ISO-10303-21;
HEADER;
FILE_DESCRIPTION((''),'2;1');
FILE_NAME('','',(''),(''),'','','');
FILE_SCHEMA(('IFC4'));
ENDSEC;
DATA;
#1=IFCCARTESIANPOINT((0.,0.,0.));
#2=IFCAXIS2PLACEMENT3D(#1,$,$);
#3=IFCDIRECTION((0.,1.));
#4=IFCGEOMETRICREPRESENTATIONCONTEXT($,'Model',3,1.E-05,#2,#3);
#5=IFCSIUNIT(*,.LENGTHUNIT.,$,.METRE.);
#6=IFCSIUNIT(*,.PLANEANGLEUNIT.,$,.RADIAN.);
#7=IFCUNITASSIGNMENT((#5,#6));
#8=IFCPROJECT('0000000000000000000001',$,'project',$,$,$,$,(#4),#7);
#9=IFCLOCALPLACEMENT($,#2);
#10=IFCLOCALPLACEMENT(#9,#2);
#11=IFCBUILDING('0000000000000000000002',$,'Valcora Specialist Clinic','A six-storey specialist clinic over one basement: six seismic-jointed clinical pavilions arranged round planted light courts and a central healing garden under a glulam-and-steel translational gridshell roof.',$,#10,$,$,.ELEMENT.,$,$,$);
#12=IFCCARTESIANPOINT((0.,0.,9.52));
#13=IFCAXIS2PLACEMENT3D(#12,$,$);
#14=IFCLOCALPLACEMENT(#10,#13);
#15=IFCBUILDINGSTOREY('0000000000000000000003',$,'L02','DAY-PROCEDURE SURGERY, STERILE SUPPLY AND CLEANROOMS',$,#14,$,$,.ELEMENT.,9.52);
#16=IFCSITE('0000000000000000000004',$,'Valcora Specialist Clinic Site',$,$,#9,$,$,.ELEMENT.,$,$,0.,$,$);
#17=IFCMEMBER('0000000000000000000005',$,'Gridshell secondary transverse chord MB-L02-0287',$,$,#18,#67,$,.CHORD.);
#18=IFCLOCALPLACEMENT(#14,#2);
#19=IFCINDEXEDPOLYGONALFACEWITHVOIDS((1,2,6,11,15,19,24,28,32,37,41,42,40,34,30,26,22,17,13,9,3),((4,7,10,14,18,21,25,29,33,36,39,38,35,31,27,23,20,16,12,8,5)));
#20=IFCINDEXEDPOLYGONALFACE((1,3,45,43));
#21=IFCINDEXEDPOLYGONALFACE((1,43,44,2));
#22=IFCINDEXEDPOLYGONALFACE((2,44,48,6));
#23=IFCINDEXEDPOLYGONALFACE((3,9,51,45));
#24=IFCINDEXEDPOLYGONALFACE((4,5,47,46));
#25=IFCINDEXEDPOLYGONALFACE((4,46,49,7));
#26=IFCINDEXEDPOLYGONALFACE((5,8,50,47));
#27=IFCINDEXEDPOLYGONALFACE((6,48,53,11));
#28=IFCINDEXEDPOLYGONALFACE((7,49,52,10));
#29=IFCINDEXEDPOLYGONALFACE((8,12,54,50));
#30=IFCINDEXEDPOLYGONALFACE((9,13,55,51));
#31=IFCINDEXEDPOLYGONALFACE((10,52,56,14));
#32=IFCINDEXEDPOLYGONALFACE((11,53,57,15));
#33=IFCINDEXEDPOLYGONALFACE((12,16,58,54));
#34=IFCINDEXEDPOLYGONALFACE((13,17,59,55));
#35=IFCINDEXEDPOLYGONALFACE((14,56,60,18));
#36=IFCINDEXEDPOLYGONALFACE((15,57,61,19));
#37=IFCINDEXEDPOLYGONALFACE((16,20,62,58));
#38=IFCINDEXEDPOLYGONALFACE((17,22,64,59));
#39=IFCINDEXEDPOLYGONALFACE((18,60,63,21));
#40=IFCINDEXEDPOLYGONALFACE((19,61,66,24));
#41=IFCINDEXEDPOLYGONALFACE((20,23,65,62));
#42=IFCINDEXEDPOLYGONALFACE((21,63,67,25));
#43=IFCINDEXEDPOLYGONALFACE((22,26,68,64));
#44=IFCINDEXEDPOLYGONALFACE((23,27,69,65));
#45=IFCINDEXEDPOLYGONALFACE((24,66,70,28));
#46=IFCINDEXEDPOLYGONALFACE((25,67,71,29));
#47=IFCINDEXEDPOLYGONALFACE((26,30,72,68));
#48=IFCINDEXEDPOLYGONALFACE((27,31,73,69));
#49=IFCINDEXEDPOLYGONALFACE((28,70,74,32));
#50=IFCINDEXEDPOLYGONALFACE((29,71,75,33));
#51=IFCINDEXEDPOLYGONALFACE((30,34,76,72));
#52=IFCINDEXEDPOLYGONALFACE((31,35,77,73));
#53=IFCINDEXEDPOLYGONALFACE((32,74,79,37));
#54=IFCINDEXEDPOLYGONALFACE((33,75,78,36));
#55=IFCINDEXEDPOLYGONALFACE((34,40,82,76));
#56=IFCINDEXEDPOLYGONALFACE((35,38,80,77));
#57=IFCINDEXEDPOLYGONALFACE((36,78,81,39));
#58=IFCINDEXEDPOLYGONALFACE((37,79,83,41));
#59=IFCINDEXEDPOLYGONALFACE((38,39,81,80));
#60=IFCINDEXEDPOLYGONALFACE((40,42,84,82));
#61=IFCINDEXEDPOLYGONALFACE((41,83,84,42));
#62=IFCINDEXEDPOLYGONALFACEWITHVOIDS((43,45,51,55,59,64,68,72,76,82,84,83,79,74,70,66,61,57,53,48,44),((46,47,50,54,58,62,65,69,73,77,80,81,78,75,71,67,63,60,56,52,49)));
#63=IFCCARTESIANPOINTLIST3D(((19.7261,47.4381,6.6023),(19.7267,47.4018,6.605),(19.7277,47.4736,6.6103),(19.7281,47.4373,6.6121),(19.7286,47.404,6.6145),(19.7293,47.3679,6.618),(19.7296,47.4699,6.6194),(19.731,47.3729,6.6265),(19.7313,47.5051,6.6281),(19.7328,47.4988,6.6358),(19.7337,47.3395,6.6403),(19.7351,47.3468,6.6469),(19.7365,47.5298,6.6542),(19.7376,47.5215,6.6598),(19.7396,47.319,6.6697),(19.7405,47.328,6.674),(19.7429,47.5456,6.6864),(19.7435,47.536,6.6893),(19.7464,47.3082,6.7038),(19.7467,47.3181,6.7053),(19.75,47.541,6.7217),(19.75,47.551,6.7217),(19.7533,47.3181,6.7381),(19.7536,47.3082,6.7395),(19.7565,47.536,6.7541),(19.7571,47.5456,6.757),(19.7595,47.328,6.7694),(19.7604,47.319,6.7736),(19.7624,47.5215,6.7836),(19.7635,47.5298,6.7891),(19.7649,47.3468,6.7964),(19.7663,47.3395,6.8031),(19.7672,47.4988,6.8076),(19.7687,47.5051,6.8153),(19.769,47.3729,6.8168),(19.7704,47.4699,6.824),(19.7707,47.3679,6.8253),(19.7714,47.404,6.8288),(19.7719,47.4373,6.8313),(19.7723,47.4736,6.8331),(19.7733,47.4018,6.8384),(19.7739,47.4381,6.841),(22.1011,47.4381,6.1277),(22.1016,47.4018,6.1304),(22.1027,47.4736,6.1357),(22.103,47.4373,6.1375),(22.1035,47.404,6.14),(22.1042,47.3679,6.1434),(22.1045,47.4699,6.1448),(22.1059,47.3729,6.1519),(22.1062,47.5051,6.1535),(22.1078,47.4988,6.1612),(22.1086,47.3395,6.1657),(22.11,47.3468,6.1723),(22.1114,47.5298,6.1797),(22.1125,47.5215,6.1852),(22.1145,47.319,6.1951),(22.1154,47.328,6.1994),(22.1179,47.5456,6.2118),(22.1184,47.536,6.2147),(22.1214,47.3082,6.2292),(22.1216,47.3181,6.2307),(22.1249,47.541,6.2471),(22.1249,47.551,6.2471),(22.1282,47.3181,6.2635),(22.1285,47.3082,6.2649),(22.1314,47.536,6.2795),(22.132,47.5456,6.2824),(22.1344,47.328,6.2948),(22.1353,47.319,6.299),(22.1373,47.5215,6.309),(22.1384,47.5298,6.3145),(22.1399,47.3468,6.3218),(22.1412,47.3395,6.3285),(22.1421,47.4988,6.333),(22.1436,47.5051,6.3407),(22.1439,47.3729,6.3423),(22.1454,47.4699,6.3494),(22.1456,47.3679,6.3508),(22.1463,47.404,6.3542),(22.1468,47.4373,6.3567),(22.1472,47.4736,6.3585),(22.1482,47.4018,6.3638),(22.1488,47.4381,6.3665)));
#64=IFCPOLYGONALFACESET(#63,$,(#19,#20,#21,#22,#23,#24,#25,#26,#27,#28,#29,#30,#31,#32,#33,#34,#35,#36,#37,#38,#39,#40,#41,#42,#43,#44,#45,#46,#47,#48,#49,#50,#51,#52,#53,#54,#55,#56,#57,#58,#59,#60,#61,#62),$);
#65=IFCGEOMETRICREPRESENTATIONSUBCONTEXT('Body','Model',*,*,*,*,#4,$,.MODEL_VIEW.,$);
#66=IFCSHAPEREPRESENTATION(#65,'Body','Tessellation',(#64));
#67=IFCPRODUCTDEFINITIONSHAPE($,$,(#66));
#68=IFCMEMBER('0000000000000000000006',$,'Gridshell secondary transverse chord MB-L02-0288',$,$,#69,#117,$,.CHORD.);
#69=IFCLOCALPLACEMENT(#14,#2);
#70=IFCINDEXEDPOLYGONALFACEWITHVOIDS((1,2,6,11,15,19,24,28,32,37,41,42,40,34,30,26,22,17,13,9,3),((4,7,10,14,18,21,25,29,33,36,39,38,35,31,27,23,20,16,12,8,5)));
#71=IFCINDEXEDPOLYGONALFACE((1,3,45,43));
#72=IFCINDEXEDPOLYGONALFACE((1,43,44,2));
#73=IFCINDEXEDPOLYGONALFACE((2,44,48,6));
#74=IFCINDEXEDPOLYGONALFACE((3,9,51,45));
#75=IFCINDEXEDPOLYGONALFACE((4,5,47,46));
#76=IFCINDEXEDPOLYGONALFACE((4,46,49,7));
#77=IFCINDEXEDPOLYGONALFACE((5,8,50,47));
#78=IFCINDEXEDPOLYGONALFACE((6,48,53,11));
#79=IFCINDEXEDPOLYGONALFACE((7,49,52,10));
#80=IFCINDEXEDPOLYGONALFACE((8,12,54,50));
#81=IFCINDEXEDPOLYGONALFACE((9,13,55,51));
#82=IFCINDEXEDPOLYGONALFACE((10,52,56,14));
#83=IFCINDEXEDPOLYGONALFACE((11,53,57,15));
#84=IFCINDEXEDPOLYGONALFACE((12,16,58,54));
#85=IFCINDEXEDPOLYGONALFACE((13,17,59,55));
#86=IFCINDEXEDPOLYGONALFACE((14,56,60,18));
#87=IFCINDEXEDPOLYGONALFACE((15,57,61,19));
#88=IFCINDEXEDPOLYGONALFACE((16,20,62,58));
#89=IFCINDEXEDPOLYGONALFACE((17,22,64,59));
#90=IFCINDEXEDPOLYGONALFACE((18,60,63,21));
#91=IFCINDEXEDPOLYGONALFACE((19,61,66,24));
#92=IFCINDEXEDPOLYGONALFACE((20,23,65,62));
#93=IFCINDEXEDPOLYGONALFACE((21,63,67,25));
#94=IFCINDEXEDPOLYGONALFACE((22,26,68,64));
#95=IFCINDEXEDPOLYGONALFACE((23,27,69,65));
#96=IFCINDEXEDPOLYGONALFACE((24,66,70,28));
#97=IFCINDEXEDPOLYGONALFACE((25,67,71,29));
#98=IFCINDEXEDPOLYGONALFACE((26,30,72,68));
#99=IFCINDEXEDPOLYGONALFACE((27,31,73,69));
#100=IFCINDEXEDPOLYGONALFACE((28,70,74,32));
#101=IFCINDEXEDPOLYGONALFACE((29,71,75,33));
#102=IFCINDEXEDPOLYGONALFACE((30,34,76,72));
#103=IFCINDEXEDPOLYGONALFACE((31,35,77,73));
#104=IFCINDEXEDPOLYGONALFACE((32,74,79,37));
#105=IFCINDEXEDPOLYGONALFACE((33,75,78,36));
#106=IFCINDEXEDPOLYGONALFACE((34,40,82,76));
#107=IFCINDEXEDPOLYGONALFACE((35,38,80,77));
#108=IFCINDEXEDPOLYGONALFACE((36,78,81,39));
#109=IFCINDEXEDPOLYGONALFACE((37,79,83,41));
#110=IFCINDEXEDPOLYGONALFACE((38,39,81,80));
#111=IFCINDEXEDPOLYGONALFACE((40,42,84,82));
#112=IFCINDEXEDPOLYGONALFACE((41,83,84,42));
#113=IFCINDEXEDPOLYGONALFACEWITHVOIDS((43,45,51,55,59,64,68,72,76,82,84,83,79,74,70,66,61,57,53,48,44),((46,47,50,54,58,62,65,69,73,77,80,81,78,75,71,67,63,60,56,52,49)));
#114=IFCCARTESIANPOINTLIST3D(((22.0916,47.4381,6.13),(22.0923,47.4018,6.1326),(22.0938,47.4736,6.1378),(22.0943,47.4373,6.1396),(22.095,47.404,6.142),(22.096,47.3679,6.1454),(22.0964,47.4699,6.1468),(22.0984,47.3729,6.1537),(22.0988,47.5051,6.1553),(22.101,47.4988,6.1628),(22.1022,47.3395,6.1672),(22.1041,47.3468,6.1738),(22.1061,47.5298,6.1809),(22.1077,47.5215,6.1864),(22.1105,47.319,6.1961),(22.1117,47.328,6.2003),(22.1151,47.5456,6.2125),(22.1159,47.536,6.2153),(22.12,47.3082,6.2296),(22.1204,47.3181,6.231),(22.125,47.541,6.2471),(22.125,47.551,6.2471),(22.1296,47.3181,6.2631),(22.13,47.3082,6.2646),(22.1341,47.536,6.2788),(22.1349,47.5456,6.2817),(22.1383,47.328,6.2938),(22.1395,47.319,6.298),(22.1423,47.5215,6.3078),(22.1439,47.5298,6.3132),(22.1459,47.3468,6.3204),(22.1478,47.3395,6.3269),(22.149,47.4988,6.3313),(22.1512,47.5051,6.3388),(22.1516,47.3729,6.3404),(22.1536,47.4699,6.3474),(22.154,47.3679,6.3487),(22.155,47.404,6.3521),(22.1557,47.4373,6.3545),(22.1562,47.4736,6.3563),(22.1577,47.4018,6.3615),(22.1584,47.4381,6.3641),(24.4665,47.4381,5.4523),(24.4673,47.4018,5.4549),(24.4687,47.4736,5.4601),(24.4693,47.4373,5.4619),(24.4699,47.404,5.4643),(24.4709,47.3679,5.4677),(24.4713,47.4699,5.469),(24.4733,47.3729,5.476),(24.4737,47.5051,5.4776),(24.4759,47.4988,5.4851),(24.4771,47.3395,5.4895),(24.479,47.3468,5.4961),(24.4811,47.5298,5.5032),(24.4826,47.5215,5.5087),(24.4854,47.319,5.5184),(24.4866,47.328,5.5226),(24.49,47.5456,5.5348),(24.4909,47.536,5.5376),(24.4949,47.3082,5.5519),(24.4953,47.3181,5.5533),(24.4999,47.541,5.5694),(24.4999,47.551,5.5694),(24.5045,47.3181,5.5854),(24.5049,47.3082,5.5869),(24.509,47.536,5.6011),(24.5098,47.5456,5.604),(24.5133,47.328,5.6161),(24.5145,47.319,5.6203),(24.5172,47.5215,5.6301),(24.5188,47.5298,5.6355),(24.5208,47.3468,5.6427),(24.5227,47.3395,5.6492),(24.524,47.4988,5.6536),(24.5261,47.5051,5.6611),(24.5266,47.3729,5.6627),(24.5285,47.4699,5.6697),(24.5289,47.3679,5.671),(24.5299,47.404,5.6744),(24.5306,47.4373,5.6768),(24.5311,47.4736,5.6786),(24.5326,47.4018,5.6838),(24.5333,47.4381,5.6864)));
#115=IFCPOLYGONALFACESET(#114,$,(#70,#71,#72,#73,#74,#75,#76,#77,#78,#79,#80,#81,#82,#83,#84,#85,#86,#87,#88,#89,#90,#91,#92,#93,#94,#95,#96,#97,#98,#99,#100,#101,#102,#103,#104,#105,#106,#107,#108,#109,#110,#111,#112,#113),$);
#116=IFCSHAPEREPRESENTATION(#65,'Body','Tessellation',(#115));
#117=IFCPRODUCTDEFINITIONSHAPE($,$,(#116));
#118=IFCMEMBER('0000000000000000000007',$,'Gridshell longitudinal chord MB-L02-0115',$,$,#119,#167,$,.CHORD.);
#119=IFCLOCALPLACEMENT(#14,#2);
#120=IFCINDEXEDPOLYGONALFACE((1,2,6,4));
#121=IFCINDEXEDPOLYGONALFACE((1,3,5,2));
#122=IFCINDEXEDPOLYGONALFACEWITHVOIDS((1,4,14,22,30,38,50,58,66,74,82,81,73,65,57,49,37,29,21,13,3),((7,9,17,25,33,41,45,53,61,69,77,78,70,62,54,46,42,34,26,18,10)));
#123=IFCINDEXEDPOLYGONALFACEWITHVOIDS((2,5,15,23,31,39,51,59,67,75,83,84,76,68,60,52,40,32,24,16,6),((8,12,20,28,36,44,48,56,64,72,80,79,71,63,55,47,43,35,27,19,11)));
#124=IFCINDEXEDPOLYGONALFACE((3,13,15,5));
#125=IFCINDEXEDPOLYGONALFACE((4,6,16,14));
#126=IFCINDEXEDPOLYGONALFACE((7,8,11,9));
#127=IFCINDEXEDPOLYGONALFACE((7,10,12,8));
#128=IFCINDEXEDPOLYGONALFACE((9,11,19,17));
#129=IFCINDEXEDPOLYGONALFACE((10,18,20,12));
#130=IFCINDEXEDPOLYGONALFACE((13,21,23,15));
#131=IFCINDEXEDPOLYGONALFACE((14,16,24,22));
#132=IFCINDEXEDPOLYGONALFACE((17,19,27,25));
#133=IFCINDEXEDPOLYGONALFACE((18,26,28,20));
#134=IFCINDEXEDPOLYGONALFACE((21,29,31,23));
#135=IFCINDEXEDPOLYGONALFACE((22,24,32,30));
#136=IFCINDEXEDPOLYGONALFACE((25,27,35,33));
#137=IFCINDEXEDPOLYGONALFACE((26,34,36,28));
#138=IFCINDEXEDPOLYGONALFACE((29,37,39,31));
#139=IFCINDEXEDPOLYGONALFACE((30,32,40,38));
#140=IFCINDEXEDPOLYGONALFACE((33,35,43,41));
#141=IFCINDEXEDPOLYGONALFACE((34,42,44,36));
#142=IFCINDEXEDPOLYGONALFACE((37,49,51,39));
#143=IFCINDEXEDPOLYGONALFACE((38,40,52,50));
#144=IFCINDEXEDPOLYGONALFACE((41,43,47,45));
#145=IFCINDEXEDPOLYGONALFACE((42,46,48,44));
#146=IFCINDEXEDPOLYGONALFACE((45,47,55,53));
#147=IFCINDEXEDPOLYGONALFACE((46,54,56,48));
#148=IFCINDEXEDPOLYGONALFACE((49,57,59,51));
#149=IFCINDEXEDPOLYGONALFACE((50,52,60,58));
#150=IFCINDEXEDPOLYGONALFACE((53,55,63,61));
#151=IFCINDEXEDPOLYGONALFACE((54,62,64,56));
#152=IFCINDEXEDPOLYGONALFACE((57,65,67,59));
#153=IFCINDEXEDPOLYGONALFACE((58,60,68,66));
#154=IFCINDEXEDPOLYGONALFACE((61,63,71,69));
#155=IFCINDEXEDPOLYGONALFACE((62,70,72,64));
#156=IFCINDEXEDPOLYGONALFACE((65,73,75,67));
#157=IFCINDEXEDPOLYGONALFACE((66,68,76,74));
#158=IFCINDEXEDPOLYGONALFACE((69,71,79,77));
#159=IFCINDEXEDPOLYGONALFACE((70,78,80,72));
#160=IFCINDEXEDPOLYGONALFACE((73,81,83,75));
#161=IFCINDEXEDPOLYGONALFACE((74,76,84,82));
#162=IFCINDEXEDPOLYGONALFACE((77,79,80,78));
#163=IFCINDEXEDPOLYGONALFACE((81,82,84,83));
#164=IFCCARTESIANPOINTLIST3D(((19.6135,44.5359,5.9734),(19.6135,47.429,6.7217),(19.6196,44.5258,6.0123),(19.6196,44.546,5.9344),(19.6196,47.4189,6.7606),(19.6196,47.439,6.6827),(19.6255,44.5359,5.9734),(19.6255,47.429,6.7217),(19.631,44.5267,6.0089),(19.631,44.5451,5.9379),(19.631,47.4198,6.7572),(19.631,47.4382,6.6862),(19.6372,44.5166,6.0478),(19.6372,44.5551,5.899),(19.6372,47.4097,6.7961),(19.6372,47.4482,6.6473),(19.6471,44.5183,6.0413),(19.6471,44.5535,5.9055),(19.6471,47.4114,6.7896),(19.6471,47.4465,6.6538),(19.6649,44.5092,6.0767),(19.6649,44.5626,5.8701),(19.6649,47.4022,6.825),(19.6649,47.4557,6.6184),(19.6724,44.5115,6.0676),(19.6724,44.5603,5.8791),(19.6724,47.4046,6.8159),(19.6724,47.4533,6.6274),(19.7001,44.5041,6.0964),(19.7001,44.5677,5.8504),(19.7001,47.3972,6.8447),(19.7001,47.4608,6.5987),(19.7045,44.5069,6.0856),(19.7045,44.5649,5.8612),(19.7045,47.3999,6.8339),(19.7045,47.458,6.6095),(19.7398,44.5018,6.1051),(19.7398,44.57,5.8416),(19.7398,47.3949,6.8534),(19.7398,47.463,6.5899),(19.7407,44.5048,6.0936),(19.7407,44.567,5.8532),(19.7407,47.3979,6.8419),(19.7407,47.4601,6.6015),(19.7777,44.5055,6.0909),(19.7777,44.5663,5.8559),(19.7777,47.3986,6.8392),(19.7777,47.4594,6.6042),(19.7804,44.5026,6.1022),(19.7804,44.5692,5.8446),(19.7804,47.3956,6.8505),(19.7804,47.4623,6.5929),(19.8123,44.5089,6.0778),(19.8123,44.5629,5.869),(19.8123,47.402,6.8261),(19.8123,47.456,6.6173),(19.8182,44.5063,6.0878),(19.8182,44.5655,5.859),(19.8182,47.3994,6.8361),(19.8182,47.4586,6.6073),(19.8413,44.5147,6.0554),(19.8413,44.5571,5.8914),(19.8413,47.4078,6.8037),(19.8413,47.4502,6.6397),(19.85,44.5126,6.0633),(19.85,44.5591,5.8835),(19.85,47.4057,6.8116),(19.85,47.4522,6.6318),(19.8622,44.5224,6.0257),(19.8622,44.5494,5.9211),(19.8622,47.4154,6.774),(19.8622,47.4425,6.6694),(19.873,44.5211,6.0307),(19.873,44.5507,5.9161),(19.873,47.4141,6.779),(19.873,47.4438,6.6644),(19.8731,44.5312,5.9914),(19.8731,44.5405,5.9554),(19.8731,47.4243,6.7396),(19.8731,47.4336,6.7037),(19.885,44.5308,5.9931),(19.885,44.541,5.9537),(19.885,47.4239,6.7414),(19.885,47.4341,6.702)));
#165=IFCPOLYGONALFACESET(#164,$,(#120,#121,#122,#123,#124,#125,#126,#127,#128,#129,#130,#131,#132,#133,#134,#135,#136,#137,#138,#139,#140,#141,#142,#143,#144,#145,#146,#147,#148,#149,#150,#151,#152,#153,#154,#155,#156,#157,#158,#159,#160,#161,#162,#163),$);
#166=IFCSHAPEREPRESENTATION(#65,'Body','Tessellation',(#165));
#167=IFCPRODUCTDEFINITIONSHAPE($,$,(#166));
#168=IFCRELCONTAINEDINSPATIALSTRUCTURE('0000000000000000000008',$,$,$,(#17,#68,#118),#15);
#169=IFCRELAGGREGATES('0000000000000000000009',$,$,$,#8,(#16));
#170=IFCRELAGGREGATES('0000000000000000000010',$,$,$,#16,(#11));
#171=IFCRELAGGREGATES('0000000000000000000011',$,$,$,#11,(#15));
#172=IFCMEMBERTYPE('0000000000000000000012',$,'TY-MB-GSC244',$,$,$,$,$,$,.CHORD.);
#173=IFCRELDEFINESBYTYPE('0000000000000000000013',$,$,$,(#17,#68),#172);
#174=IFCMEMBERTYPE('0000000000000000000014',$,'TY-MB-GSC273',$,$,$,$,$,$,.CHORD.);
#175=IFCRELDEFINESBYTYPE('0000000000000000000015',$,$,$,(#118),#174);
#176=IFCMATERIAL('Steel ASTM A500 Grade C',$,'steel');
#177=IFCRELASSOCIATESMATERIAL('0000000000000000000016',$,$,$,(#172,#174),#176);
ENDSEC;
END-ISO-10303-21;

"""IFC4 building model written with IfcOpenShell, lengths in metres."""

from ifc_helpers import new_model, si_unit, direction, frame, origin, origin_2d, place, context, subcontext, project, spatial, hollow_circle, extrude, material, material_profile, profile_set, type_object, element, save


model = new_model("IFC4")

# Units and contexts
model_context = context("Model", 3, precision=1e-05, world=origin(), true_north=direction((0.0, 1.0)))
body_context = subcontext(model_context, "Body", "Model", "MODEL_VIEW")
ifc_project = project(units=[si_unit("LENGTHUNIT", "METRE"), si_unit("PLANEANGLEUNIT", "RADIAN")], contexts=[model_context])

# Site, building, storey
site_placement = place(None, origin())
site = spatial("IfcSite", under=ifc_project, at=site_placement, Name="Valcora Specialist Clinic Site", CompositionType="ELEMENT", RefElevation=0.0)
building_placement = place(site_placement, origin())
building = spatial("IfcBuilding", under=site, at=building_placement, Name="Valcora Specialist Clinic", Description="A six-storey specialist clinic over one basement: six seismic-jointed clinical pavilions arranged round planted light courts and a central healing garden under a glulam-and-steel translational gridshell roof.", CompositionType="ELEMENT")
storey_placement = place(building_placement, frame((0.0, 0.0, 9.52)))
storey = spatial("IfcBuildingStorey", under=building, at=storey_placement, Name="L02", Description="DAY-PROCEDURE SURGERY, STERILE SUPPLY AND CLEANROOMS", CompositionType="ELEMENT", Elevation=9.52)

# Members
ifc_material_1 = material(Name="Steel ASTM A500 Grade C", Category="steel")
ifc_material_profile_1 = material_profile(ifc_material_1, hollow_circle(Radius=0.1221, WallThickness=0.01, at=origin_2d()), Name="ST-CHS-244X10")
ifc_profile_set_1 = profile_set([ifc_material_profile_1], Name="Steel ASTM A500 Grade C")
member_type_1 = type_object("IfcMemberType", Name="TY-MB-GSC244", PredefinedType="CHORD", material=ifc_profile_set_1)
member_1_placement = place(storey_placement, frame((19.75, 47.429, 6.7217), z_axis=(0.980612, 0.0, -0.195961), x_axis=(0.0, 1.0, 0.0)))
element("IfcMember", 1, at=member_1_placement, inside=storey, type_object=member_type_1, Name="Gridshell secondary transverse chord MB-L02-0287", PredefinedType="CHORD", context=body_context, shape_type="SweptSolid", body=[
    extrude(hollow_circle(Radius=0.1221, WallThickness=0.01, at=origin_2d()), origin(), (0.0, 0.0, 1.0), 2.4219),
])
member_2_placement = place(storey_placement, frame((22.125, 47.429, 6.2471), z_axis=(0.961613, 0.0, -0.274408), x_axis=(0.0, 1.0, 0.0)))
element("IfcMember", 2, at=member_2_placement, inside=storey, type_object=member_type_1, Name="Gridshell secondary transverse chord MB-L02-0288", PredefinedType="CHORD", context=body_context, shape_type="SweptSolid", body=[
    extrude(hollow_circle(Radius=0.1221, WallThickness=0.01, at=origin_2d()), origin(), (0.0, 0.0, 1.0), 2.4697),
])
ifc_material_profile_2 = material_profile(ifc_material_1, hollow_circle(Radius=0.1365, WallThickness=0.012, at=origin_2d()), Name="ST-CHS-273X12")
ifc_profile_set_2 = profile_set([ifc_material_profile_2], Name="Steel ASTM A500 Grade C")
member_type_2 = type_object("IfcMemberType", Name="TY-MB-GSC273", PredefinedType="CHORD", material=ifc_profile_set_2)
member_3_placement = place(storey_placement, frame((19.75, 44.5359, 5.9734), z_axis=(0.0, 0.96814, 0.250409), x_axis=(-1.0, 0.0, 0.0)))
element("IfcMember", 3, at=member_3_placement, inside=storey, type_object=member_type_2, Name="Gridshell longitudinal chord MB-L02-0115", PredefinedType="CHORD", context=body_context, shape_type="SweptSolid", body=[
    extrude(hollow_circle(Radius=0.1365, WallThickness=0.012, at=origin_2d()), origin(), (0.0, 0.0, 1.0), 2.9883),
])

save(model, "model.ifc")
